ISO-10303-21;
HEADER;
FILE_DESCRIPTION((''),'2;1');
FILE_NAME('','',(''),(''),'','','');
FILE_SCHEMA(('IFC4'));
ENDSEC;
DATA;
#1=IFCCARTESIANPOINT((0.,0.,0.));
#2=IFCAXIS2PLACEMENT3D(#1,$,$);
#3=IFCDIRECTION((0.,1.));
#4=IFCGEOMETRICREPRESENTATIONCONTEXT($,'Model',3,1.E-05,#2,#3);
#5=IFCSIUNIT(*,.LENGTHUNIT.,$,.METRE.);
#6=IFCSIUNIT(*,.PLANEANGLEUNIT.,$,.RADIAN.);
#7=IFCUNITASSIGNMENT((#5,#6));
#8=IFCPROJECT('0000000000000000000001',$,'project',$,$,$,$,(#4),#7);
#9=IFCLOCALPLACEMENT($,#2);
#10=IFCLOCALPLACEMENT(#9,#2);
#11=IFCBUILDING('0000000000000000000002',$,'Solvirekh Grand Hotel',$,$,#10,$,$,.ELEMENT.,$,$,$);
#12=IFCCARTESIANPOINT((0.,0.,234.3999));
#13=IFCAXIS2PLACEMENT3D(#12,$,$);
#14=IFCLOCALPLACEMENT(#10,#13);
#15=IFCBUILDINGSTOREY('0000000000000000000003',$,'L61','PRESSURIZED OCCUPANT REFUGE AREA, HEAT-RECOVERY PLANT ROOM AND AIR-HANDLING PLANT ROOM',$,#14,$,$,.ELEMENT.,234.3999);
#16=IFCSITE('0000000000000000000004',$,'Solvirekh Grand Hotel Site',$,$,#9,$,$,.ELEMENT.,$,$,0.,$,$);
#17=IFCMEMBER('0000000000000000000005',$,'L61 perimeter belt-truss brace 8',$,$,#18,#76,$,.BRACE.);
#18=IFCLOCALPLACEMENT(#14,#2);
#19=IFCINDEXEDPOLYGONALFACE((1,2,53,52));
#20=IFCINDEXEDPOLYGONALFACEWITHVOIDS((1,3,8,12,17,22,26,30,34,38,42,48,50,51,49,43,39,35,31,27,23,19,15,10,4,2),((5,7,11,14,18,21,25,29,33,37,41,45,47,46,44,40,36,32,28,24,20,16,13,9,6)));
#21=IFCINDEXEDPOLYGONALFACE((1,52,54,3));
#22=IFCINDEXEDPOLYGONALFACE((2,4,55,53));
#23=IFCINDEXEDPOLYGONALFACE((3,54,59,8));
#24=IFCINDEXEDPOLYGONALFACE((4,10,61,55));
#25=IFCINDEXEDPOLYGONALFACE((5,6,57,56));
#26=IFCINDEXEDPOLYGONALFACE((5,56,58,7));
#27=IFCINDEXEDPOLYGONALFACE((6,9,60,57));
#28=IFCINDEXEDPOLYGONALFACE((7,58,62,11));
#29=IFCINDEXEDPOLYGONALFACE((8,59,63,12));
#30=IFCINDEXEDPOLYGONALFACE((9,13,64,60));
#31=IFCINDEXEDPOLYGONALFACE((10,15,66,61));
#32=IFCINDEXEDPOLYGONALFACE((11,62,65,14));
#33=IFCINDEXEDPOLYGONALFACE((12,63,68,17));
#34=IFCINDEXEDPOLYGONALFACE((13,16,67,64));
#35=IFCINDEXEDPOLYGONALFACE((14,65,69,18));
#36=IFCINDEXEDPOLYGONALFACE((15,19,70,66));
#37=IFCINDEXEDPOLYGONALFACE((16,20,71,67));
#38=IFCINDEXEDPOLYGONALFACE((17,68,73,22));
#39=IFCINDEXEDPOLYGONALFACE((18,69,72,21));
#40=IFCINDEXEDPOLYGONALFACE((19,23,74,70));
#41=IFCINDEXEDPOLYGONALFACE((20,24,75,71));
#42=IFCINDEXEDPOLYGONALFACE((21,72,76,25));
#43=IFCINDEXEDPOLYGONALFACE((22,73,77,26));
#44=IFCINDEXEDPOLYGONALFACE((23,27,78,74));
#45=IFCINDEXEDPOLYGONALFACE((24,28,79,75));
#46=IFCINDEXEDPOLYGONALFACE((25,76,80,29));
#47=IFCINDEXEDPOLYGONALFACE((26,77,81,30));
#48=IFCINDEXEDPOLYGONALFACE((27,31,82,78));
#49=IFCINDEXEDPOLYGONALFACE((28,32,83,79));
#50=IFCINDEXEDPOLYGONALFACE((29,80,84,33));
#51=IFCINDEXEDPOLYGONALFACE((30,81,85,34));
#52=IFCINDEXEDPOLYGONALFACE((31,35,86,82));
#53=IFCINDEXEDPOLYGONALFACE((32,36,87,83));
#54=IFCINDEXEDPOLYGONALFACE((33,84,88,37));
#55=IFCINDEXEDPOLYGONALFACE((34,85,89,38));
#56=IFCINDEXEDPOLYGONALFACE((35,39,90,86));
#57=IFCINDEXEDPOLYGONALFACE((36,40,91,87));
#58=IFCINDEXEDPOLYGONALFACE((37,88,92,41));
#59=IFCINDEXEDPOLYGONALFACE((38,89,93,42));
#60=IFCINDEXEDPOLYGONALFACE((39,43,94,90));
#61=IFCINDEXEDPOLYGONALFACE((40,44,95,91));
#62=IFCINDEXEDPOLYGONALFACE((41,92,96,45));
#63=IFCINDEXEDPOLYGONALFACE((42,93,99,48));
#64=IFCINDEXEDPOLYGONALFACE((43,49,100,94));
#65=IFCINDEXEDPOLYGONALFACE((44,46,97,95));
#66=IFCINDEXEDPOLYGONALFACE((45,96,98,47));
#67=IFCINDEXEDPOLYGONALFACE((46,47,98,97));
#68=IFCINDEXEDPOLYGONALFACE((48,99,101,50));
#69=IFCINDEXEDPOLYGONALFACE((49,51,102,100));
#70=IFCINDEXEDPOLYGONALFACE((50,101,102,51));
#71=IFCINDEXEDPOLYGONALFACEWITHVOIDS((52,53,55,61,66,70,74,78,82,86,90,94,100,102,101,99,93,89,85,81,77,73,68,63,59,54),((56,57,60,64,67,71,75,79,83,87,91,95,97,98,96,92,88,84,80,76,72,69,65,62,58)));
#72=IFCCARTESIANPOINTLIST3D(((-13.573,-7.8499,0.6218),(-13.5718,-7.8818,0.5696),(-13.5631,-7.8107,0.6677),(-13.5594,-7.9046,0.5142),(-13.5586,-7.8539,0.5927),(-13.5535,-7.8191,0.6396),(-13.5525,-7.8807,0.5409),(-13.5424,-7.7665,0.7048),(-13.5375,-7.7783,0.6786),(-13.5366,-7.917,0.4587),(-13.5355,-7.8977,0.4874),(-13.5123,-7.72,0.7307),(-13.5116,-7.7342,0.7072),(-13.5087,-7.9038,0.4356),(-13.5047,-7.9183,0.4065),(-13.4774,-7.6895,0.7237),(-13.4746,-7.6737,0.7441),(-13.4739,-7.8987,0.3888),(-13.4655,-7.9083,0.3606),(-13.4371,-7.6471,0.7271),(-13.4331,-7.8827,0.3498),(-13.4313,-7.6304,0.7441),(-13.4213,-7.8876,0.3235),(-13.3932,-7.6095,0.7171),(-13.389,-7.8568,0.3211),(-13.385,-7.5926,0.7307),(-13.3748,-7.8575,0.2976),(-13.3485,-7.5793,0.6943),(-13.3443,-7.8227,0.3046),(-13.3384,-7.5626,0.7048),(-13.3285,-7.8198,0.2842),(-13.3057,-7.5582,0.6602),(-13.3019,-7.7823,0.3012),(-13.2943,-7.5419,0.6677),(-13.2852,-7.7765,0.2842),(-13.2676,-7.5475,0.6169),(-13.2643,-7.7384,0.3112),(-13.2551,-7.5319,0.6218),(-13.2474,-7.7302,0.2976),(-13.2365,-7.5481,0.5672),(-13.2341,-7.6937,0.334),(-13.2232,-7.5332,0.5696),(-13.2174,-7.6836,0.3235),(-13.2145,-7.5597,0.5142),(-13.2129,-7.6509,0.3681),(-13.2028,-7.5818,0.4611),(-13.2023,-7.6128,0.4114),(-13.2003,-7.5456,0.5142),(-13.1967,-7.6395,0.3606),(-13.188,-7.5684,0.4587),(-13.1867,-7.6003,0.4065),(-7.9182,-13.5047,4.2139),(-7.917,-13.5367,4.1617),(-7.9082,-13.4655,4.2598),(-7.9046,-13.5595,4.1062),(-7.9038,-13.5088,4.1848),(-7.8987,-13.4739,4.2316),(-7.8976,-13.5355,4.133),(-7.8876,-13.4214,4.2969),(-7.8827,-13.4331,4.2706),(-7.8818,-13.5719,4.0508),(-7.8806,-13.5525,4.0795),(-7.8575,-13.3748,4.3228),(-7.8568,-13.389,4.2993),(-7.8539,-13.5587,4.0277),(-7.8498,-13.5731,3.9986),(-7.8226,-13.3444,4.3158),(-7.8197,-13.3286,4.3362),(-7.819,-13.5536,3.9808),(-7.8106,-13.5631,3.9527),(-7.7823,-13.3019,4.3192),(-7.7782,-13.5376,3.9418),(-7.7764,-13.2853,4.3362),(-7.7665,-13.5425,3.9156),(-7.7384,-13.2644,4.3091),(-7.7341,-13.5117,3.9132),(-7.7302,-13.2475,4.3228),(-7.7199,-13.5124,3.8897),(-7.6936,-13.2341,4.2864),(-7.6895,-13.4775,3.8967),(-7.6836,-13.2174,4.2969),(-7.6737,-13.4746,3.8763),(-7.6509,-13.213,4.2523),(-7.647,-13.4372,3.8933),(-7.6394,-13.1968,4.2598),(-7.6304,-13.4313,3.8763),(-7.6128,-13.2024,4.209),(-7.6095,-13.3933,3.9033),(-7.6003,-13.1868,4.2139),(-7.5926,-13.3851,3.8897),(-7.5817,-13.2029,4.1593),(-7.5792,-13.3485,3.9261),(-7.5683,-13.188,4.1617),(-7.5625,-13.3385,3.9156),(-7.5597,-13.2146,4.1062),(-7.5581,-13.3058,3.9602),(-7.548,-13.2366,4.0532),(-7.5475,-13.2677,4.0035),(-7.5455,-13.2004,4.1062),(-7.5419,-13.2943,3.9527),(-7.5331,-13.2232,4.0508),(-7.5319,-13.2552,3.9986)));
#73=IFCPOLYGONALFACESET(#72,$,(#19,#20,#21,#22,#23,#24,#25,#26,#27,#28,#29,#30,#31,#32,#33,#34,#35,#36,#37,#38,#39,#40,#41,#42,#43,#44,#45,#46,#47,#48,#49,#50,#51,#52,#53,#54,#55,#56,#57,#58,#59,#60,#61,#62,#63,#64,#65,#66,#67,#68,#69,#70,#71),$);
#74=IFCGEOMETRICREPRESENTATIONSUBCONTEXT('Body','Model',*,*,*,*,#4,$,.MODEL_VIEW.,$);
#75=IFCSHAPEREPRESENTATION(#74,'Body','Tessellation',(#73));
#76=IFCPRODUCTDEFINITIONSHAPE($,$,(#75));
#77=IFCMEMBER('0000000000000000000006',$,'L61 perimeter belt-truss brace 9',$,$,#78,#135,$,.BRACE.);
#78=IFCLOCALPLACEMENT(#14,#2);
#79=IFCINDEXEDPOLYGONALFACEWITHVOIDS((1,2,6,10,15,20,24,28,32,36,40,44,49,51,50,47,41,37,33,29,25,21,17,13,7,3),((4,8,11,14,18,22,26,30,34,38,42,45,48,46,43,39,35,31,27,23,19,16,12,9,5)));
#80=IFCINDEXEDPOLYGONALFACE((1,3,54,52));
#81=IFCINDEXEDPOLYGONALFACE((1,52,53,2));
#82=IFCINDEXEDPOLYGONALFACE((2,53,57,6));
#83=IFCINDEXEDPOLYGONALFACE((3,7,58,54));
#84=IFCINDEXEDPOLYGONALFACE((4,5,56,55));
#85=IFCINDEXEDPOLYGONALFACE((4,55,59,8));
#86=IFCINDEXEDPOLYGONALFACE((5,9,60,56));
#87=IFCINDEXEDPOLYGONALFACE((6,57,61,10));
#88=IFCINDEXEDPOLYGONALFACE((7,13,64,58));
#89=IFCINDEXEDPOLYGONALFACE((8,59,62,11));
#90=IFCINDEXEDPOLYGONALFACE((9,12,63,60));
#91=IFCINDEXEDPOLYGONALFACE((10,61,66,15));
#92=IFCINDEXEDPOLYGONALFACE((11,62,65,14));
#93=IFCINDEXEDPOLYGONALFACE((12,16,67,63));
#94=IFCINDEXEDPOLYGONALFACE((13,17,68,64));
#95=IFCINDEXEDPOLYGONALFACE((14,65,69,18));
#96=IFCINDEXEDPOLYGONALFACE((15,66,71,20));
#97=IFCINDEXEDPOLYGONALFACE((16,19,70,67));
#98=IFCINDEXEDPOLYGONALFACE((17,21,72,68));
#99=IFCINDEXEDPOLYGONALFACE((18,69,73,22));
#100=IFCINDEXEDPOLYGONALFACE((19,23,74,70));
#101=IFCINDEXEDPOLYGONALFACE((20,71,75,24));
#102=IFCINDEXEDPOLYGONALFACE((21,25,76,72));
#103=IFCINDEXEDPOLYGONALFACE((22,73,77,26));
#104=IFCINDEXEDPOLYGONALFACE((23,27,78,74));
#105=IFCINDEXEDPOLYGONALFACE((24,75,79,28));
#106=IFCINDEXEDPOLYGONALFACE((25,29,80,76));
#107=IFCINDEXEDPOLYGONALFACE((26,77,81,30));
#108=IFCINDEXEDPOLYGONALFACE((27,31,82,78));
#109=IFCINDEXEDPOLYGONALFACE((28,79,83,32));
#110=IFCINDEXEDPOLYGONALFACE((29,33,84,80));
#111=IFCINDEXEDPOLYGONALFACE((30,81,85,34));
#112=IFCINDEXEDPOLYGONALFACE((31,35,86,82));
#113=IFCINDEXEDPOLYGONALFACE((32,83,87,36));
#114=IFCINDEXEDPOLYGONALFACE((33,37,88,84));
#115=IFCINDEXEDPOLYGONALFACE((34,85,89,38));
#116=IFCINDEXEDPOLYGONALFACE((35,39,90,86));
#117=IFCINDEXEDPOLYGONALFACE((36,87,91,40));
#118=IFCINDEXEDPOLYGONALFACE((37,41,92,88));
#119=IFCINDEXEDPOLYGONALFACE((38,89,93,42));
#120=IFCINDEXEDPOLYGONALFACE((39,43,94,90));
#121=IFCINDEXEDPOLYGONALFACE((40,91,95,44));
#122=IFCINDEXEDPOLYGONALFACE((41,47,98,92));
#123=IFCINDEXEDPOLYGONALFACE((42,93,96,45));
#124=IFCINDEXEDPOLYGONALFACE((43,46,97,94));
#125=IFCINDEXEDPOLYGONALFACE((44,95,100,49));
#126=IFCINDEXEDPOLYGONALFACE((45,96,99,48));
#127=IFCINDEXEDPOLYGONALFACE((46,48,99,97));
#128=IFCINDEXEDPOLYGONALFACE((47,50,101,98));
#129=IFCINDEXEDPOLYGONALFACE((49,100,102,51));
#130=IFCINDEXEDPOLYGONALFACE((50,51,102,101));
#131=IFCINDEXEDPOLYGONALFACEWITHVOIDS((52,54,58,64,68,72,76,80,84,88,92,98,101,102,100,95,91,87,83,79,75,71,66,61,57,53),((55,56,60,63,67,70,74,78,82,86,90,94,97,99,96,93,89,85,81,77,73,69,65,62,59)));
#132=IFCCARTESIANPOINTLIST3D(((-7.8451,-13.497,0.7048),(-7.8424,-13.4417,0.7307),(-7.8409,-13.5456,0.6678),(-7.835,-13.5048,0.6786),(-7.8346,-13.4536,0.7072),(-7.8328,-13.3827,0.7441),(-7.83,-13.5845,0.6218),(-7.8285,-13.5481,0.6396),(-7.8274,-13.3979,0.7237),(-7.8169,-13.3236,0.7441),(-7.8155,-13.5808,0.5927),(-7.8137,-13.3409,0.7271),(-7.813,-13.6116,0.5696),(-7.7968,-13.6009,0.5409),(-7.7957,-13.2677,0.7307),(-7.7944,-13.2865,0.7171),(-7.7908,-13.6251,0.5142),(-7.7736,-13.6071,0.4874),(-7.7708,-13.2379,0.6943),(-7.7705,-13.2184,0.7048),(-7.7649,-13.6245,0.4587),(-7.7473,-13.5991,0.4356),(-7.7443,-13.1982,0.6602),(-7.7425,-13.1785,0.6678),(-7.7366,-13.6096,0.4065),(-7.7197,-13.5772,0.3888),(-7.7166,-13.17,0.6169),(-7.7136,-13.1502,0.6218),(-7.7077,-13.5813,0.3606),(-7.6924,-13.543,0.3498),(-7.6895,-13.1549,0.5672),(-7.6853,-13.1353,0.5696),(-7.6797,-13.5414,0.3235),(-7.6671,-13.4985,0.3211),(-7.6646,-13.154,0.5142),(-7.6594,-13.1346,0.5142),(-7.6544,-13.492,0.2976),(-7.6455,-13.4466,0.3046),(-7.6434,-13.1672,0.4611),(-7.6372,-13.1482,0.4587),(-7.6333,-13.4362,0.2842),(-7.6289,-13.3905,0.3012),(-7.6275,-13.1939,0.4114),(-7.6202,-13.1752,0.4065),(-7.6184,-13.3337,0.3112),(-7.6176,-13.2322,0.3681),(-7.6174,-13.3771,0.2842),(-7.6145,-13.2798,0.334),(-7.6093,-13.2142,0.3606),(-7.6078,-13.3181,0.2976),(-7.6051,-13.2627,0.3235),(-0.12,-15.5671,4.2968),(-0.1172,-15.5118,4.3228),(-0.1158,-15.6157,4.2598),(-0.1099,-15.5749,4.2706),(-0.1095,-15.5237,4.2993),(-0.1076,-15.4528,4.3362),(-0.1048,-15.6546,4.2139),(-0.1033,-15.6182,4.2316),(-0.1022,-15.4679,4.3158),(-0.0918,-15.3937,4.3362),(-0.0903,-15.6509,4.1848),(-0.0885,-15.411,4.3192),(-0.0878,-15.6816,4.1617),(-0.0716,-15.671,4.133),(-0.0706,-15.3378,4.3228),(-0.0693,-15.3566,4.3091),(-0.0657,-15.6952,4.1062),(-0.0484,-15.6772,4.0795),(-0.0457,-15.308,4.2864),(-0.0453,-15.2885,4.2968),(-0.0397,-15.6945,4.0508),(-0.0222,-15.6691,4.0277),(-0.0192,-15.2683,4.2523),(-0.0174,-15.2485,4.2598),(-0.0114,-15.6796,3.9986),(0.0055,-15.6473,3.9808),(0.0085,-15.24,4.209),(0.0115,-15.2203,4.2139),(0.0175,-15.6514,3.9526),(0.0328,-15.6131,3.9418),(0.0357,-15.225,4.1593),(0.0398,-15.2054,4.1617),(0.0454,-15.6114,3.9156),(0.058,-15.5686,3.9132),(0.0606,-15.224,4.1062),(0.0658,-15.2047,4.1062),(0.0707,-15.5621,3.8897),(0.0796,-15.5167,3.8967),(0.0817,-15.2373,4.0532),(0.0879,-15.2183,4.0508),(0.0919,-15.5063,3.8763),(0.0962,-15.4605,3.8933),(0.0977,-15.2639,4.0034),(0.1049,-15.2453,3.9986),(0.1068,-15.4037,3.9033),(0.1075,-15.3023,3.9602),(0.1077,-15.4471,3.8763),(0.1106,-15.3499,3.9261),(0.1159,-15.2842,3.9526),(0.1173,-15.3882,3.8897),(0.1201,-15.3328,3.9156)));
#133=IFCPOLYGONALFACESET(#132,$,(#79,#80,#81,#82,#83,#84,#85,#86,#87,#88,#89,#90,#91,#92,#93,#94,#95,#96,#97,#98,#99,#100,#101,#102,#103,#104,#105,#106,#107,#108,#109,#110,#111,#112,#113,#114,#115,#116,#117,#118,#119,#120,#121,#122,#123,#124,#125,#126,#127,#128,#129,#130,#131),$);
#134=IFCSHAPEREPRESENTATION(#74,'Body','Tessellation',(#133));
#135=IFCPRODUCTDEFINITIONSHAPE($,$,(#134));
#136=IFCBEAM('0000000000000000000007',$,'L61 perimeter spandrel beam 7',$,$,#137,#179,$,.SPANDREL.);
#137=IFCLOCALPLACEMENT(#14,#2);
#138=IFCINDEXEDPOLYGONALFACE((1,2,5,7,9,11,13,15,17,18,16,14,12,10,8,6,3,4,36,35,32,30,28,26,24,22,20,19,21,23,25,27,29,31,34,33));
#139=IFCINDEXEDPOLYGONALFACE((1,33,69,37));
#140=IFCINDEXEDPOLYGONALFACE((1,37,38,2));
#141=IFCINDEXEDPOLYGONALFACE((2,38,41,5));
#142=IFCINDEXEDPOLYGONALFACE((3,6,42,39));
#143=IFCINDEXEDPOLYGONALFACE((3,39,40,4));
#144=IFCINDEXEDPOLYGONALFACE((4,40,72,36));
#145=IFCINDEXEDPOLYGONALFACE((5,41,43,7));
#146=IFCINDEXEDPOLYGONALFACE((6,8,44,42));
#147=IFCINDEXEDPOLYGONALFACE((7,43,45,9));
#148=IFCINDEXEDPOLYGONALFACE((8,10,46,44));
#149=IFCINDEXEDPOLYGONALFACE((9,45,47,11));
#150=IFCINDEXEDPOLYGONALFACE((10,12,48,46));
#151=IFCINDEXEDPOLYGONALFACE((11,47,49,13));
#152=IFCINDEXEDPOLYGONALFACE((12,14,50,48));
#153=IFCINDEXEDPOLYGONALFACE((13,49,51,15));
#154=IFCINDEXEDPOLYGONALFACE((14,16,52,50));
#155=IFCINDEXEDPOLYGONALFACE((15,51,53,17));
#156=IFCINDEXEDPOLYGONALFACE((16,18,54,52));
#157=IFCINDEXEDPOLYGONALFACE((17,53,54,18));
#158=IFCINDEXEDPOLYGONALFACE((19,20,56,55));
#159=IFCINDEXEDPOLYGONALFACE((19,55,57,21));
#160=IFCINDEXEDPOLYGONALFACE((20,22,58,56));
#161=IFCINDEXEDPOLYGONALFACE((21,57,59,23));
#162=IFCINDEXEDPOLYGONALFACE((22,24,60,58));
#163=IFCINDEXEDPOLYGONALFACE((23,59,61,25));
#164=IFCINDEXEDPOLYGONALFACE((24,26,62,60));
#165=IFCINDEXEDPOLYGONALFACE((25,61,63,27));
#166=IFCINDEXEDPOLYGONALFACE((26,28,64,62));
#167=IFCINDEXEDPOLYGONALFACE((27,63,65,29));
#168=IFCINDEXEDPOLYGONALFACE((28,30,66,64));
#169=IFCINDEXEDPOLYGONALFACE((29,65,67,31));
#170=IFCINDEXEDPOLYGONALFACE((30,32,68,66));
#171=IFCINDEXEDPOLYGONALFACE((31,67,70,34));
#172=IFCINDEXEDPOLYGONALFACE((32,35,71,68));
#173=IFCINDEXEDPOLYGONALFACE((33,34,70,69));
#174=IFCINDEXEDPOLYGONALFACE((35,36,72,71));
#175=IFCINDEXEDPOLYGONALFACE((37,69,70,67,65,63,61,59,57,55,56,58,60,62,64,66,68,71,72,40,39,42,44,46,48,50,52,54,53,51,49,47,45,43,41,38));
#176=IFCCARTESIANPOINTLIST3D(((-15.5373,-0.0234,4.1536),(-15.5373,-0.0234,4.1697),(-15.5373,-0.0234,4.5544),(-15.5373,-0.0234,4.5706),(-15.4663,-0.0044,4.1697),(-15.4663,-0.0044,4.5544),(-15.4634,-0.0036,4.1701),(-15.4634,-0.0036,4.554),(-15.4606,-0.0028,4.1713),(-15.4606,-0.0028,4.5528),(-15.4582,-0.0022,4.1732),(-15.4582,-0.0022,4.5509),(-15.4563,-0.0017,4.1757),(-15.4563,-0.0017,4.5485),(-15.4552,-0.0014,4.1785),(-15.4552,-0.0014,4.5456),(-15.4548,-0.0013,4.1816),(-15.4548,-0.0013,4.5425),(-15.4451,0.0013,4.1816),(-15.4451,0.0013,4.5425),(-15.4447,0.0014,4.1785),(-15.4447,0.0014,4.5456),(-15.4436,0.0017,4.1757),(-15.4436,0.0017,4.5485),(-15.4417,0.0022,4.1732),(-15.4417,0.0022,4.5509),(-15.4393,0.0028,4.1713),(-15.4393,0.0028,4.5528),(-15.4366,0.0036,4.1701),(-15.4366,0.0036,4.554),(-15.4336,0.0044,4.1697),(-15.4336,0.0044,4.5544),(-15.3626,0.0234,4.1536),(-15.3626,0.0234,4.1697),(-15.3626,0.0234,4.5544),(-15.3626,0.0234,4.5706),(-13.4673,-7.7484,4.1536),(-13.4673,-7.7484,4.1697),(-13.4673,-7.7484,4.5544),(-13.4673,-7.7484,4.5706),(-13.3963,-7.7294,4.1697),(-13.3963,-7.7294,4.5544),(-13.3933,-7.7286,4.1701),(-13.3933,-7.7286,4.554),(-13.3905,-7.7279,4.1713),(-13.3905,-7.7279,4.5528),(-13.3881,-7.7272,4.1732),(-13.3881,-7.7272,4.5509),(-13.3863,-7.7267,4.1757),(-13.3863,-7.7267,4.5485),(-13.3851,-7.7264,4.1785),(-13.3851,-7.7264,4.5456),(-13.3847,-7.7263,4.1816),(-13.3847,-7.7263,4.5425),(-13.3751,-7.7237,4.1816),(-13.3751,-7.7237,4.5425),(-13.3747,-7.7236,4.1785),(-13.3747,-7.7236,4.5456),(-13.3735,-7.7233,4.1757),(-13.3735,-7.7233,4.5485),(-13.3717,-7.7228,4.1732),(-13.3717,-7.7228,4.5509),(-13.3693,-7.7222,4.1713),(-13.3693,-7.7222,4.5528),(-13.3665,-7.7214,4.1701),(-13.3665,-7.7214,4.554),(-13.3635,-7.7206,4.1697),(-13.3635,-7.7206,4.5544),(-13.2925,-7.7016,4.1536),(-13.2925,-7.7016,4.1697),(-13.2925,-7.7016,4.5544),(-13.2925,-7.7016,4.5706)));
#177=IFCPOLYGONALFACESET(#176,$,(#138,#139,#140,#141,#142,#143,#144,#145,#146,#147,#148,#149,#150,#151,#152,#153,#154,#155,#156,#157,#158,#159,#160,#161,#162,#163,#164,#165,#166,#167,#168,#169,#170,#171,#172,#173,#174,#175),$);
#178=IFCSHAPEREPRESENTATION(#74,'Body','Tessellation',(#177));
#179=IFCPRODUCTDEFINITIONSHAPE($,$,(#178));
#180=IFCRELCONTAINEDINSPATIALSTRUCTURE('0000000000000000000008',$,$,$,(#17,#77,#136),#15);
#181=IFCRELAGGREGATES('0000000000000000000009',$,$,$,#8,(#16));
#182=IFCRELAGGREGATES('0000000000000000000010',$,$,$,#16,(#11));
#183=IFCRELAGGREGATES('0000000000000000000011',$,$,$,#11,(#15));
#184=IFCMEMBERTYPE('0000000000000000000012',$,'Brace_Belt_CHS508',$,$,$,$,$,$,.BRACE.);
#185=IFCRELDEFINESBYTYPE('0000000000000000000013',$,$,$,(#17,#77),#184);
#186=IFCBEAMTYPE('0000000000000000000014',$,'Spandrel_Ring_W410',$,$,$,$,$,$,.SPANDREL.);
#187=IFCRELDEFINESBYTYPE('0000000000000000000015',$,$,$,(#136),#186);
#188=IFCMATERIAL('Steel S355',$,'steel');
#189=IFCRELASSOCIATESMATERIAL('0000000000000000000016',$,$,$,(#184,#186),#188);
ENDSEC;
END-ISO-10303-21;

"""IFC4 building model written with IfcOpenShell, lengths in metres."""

from ifc_helpers import new_model, si_unit, direction, frame, origin, origin_2d, place, context, subcontext, project, spatial, hollow_circle, i_section, extrude, material, material_profile, profile_set, type_object, element, save


model = new_model("IFC4")

# Units and contexts
model_context = context("Model", 3, precision=1e-05, world=origin(), true_north=direction((0.0, 1.0)))
body_context = subcontext(model_context, "Body", "Model", "MODEL_VIEW")
ifc_project = project(units=[si_unit("LENGTHUNIT", "METRE"), si_unit("PLANEANGLEUNIT", "RADIAN")], contexts=[model_context])

# Site, building, storey
site_placement = place(None, origin())
site = spatial("IfcSite", under=ifc_project, at=site_placement, Name="Solvirekh Grand Hotel Site", CompositionType="ELEMENT", RefElevation=0.0)
building_placement = place(site_placement, origin())
building = spatial("IfcBuilding", under=site, at=building_placement, Name="Solvirekh Grand Hotel", CompositionType="ELEMENT")
storey_placement = place(building_placement, frame((0.0, 0.0, 234.3999)))
storey = spatial("IfcBuildingStorey", under=building, at=storey_placement, Name="L61", Description="PRESSURIZED OCCUPANT REFUGE AREA, HEAT-RECOVERY PLANT ROOM AND AIR-HANDLING PLANT ROOM", CompositionType="ELEMENT", Elevation=234.3999)

# Members
ifc_material_1 = material(Name="Steel S355", Category="steel")
ifc_material_profile_1 = material_profile(ifc_material_1, hollow_circle(Radius=0.2539, WallThickness=0.02, at=origin_2d()), Name="CHS 508X20")
ifc_profile_set_1 = profile_set([ifc_material_profile_1], Name="Steel S355")
member_type = type_object("IfcMemberType", Name="Brace_Belt_CHS508", PredefinedType="BRACE", material=ifc_profile_set_1)
member_1_placement = place(storey_placement, frame((-13.3799, -7.7251, 0.5142), z_axis=(0.645026, -0.645026, 0.409735), x_axis=(0.707107, 0.707107, 0.0)))
element("IfcMember", 1, at=member_1_placement, inside=storey, type_object=member_type, Name="L61 perimeter belt-truss brace 8", PredefinedType="BRACE", context=body_context, shape_type="SweptSolid", body=[
    extrude(hollow_circle(Radius=0.2539, WallThickness=0.02, at=origin_2d()), origin(), (0.0, 0.0, 1.0), 8.7668),
])
member_2_placement = place(storey_placement, frame((-7.7251, -13.3799, 0.5142), z_axis=(0.881129, -0.236113, 0.40971), x_axis=(0.258835, 0.965922, 0.0)))
element("IfcMember", 2, at=member_2_placement, inside=storey, type_object=member_type, Name="L61 perimeter belt-truss brace 9", PredefinedType="BRACE", context=body_context, shape_type="SweptSolid", body=[
    extrude(hollow_circle(Radius=0.2539, WallThickness=0.02, at=origin_2d()), origin(), (0.0, 0.0, 1.0), 8.7673),
])

# Beam
ifc_material_profile_2 = material_profile(ifc_material_1, i_section(OverallWidth=0.1809, OverallDepth=0.417, WebThickness=0.01, FlangeThickness=0.0161, FilletRadius=0.012, at=origin_2d()), Name="W410X85")
ifc_profile_set_2 = profile_set([ifc_material_profile_2], Name="Steel S355")
beam_type = type_object("IfcBeamType", Name="Spandrel_Ring_W410", PredefinedType="SPANDREL", material=ifc_profile_set_2)
beam_1_placement = place(storey_placement, frame((-15.45, 0.0, 4.3621), z_axis=(0.258835, -0.965922, 0.0), x_axis=(0.965922, 0.258835, 0.0)))
element("IfcBeam", 3, at=beam_1_placement, inside=storey, type_object=beam_type, Name="L61 perimeter spandrel beam 7", PredefinedType="SPANDREL", context=body_context, shape_type="SweptSolid", body=[
    extrude(i_section(OverallWidth=0.1809, OverallDepth=0.417, WebThickness=0.01, FlangeThickness=0.0161, FilletRadius=0.012, at=origin_2d()), origin(), (0.0, 0.0, 1.0), 7.9976),
])

save(model, "model.ifc")
